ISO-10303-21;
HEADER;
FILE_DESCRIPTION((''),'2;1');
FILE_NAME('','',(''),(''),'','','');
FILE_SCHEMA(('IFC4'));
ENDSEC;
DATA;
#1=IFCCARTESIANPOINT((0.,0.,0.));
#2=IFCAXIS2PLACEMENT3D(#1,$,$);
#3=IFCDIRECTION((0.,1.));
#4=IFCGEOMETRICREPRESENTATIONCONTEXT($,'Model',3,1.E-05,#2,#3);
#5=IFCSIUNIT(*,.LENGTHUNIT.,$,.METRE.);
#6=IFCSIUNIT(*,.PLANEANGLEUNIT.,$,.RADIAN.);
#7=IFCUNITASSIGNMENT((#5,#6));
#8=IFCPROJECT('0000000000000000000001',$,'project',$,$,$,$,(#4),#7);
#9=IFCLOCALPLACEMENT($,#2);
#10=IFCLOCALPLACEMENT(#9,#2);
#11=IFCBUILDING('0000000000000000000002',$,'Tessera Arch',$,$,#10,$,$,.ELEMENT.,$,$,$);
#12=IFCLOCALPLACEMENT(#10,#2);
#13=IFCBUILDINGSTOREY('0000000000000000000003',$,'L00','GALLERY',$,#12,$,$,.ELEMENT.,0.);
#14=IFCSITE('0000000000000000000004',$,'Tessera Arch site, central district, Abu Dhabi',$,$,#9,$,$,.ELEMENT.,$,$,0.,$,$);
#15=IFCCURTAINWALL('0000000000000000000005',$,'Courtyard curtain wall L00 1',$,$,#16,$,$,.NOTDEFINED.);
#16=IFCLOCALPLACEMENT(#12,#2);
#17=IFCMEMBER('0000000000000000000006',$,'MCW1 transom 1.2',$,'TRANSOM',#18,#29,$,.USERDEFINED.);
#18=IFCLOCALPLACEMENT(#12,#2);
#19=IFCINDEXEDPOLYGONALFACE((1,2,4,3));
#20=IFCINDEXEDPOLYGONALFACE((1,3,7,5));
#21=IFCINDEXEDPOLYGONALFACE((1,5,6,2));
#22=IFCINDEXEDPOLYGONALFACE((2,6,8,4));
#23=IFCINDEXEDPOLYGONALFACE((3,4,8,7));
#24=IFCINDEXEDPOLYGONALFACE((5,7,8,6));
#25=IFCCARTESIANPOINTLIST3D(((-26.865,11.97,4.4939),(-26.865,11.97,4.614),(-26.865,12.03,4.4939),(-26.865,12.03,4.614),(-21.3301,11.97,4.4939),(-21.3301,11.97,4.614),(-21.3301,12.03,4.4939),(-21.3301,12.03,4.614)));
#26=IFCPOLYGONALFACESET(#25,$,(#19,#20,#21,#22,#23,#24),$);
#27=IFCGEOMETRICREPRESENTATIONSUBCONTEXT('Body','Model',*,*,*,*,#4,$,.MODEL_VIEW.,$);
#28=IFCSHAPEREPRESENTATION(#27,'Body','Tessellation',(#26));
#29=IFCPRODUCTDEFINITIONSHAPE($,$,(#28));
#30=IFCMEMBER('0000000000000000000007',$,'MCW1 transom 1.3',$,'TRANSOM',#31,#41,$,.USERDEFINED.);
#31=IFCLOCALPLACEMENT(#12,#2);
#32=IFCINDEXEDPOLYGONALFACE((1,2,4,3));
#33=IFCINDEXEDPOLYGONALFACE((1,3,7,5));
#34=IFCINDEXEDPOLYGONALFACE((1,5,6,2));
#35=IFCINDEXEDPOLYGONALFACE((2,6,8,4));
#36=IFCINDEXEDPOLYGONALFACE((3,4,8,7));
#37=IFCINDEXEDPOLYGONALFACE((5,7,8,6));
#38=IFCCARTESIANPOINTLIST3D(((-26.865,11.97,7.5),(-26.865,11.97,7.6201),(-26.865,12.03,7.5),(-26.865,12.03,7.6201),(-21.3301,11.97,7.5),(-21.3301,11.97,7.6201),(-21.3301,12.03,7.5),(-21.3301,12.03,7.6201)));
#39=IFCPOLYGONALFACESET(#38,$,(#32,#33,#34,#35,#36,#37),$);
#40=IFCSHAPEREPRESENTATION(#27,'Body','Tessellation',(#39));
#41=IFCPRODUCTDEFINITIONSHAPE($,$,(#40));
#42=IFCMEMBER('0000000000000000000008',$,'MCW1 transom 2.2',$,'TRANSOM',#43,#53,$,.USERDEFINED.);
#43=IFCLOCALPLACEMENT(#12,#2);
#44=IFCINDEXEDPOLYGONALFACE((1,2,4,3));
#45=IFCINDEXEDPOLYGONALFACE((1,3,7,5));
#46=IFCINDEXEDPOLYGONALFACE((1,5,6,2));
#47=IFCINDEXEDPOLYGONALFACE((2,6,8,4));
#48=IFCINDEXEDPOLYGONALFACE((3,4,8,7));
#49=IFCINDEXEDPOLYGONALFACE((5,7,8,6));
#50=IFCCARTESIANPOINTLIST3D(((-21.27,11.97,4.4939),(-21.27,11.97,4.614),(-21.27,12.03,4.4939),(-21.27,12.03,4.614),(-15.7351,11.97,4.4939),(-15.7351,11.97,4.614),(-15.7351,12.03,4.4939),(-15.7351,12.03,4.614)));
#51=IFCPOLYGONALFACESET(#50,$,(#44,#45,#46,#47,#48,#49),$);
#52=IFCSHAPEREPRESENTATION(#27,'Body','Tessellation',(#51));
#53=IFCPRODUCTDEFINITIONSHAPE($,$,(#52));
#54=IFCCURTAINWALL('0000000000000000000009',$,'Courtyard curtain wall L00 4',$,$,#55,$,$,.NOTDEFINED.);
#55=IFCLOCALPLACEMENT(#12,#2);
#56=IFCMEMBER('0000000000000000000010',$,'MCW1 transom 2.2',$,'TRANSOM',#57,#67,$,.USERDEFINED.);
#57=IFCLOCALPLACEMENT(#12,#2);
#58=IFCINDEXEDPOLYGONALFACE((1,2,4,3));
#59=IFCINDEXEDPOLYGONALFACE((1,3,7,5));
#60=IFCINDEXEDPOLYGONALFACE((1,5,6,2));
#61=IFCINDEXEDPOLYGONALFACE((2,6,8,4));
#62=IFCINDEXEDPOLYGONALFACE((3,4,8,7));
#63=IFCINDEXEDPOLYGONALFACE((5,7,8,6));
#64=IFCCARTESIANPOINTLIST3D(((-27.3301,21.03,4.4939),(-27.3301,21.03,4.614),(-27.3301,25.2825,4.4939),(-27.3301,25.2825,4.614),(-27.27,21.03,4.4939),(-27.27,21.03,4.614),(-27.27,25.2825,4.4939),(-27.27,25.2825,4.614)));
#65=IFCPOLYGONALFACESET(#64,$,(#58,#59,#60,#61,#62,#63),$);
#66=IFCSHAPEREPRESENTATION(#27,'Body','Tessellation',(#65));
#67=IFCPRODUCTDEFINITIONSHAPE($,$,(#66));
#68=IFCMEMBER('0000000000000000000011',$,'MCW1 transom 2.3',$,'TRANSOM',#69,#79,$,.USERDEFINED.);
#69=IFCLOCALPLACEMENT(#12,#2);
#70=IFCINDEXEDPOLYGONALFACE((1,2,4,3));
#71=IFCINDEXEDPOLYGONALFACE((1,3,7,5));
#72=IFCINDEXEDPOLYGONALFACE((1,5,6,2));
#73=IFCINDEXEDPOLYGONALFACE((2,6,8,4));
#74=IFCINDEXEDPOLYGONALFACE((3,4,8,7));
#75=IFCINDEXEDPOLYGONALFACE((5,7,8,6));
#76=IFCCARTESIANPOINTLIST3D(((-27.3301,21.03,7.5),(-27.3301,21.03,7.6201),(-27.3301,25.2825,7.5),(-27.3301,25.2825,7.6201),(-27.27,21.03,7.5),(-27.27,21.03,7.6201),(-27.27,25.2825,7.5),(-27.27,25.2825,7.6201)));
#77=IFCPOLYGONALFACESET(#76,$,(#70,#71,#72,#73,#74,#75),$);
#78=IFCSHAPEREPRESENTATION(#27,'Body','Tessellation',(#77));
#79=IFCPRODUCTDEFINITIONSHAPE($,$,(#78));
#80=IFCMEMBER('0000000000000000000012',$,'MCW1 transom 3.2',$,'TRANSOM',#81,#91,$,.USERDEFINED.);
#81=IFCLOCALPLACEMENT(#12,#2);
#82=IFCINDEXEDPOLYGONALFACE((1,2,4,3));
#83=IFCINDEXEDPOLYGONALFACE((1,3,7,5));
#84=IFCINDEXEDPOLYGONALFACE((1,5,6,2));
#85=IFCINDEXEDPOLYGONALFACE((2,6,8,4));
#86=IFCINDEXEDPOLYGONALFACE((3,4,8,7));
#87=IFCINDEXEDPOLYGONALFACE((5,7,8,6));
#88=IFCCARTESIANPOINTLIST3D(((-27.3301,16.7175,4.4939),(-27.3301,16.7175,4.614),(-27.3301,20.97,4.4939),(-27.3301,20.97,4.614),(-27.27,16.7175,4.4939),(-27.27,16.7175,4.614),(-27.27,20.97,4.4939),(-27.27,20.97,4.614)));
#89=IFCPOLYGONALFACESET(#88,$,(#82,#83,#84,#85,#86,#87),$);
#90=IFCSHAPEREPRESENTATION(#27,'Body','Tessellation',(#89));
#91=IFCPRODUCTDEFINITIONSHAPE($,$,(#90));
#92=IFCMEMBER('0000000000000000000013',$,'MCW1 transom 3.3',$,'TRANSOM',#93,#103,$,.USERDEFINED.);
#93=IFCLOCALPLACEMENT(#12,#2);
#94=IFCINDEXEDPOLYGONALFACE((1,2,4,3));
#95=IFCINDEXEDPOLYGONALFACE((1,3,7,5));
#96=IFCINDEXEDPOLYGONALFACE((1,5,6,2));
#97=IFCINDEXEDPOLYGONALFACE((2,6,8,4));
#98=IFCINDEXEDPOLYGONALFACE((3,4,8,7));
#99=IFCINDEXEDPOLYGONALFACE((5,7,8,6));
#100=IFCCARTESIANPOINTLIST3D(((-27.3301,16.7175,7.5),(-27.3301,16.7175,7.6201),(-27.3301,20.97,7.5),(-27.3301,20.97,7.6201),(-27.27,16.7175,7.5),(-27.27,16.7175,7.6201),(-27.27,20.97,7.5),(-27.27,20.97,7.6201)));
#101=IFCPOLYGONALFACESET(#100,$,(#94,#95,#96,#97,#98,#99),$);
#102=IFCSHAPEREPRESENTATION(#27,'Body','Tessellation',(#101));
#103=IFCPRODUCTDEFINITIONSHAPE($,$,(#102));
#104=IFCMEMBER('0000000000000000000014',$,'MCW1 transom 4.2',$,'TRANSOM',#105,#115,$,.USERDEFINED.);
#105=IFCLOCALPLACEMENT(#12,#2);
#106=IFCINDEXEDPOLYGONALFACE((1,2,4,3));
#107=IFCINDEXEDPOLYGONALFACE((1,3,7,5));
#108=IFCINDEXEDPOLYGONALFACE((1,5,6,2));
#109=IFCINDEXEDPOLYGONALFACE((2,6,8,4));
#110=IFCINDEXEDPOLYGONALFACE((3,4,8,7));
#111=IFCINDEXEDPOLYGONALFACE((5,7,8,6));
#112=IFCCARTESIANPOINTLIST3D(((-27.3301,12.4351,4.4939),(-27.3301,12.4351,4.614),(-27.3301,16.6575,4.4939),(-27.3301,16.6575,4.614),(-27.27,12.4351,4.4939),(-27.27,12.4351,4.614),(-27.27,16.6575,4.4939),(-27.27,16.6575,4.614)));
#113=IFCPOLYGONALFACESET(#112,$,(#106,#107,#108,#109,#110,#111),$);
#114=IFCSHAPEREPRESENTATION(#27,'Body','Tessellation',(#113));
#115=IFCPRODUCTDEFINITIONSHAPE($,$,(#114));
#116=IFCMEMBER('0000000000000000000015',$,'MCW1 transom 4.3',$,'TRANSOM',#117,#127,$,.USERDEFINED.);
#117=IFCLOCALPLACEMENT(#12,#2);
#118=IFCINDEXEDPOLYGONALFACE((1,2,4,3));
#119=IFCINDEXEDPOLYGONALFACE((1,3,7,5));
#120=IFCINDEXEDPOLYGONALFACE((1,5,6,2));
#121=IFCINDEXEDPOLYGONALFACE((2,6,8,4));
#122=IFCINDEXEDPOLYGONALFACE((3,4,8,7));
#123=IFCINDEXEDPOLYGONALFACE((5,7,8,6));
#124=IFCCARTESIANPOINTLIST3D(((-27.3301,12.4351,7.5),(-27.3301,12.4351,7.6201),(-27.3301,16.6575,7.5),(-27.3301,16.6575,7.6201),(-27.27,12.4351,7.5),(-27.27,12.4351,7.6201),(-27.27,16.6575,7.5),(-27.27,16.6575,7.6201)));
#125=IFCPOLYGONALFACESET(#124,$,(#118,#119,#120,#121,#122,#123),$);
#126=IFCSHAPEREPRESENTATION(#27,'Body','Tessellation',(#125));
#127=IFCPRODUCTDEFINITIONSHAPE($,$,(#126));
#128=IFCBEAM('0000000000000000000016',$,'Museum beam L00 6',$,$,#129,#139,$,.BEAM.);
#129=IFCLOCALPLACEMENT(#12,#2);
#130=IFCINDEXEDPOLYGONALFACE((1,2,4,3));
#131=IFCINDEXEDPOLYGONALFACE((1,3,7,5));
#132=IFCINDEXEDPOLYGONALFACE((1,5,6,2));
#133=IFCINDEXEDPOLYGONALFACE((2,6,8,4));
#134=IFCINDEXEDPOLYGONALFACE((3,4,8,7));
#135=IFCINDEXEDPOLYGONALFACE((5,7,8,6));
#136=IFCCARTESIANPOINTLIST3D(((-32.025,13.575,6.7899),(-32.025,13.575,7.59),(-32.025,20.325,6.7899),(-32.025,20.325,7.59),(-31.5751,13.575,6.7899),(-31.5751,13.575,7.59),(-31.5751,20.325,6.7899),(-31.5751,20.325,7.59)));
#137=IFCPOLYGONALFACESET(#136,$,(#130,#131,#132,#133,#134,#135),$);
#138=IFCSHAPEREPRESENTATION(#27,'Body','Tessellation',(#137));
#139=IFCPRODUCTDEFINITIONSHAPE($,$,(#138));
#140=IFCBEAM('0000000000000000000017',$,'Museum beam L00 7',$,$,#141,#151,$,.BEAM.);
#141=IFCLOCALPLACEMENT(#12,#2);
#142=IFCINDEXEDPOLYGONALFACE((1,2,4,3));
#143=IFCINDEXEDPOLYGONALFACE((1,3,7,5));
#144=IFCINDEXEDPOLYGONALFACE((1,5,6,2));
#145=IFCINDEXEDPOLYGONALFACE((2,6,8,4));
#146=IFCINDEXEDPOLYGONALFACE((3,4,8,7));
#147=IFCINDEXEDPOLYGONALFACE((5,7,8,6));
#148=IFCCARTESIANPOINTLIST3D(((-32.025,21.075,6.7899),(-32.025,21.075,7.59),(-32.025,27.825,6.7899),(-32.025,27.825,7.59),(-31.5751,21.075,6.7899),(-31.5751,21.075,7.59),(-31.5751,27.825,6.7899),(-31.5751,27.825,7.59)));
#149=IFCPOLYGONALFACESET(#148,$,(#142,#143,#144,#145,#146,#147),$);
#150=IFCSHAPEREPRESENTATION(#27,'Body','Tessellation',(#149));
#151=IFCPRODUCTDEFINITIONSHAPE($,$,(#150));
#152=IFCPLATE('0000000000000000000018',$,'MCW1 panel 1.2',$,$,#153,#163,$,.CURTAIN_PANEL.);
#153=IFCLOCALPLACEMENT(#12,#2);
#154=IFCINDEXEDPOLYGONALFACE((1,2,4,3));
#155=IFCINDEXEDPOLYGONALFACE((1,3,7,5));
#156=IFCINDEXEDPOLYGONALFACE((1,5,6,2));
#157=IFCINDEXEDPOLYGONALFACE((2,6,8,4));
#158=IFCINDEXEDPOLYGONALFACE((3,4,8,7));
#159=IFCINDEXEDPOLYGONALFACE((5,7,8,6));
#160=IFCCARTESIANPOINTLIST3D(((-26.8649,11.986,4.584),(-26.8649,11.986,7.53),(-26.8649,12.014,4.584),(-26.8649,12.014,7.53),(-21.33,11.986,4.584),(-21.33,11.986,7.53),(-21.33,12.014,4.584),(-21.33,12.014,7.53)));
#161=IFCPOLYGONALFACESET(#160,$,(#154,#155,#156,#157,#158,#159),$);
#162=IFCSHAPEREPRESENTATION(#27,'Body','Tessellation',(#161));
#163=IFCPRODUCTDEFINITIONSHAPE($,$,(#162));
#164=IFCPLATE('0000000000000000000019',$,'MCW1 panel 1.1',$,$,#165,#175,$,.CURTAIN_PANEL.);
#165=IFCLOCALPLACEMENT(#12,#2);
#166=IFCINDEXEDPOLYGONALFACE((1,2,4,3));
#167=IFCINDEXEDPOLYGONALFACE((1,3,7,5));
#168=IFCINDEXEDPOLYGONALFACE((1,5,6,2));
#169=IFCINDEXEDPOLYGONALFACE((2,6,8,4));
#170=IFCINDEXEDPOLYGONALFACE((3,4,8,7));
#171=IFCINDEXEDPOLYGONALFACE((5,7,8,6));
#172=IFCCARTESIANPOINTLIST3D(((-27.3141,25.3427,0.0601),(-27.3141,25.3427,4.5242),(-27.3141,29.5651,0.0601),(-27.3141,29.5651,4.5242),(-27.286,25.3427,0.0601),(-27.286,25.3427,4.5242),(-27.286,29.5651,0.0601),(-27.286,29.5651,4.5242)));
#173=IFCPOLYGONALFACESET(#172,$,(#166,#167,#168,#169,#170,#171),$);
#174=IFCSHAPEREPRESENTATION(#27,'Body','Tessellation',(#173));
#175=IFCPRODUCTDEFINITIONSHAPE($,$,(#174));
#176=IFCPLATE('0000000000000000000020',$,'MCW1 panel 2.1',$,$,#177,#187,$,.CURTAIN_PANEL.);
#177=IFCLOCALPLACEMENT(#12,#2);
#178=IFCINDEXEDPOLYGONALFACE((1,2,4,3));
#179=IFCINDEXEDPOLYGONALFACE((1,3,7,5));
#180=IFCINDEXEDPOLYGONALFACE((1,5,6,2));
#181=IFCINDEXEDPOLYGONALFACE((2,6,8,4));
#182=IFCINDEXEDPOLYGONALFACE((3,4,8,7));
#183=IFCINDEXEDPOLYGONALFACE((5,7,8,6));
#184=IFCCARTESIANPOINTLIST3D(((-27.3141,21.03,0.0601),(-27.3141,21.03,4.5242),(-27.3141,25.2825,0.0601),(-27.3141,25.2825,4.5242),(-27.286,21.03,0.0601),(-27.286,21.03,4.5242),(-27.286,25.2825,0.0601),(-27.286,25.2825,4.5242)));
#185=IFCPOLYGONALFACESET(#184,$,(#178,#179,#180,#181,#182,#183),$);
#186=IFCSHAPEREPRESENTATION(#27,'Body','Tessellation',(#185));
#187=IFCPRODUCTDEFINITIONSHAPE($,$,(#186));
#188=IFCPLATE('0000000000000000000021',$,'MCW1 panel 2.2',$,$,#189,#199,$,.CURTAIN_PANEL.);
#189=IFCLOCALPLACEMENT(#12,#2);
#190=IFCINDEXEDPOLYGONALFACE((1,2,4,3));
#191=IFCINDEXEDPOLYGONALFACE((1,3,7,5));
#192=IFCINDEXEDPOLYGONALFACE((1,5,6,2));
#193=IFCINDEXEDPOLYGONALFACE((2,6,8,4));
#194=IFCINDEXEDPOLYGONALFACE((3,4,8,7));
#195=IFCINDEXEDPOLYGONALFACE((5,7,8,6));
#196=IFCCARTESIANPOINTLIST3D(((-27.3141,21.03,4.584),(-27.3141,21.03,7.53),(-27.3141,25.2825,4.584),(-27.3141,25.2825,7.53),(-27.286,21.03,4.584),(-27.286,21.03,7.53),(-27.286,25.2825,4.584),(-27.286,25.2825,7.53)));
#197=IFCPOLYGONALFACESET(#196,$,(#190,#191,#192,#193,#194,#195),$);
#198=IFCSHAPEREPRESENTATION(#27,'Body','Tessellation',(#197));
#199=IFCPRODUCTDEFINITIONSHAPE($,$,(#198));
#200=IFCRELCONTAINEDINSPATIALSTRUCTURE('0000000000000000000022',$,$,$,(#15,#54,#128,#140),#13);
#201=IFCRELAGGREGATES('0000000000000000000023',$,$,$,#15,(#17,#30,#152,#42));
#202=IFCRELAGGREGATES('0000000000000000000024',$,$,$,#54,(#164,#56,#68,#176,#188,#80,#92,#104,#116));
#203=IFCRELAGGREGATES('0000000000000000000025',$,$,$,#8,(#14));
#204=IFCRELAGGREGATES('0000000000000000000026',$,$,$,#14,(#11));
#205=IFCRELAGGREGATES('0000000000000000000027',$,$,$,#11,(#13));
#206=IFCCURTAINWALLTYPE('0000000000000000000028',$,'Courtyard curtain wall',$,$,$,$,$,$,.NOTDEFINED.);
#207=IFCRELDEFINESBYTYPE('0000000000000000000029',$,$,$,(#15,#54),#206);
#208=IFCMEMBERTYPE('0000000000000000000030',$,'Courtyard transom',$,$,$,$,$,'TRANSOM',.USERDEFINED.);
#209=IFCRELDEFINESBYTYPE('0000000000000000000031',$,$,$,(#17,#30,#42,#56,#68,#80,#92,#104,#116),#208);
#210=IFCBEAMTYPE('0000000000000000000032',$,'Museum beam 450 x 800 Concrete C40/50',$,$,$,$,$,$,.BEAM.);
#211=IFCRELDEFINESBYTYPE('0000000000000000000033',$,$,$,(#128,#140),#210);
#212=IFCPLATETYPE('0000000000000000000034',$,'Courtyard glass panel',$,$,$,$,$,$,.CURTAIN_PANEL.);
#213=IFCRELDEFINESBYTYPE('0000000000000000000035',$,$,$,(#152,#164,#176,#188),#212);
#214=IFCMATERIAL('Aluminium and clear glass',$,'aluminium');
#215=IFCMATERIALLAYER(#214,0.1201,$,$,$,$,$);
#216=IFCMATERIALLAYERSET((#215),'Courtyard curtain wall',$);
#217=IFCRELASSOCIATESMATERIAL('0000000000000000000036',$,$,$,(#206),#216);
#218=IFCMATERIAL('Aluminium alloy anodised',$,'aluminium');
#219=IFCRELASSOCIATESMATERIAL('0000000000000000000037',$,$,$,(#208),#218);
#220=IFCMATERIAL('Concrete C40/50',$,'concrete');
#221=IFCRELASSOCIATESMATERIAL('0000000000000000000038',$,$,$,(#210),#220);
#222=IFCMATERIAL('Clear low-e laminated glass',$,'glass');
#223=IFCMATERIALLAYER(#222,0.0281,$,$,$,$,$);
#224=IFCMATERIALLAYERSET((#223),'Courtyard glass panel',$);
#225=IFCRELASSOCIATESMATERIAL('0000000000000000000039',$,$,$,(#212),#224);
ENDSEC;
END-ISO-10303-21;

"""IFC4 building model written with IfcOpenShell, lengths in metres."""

from ifc_helpers import new_model, si_unit, direction, frame, origin, origin_2d, place, context, subcontext, project, spatial, rectangle, extrude, material, layer, layer_set, material_profile, profile_set, type_object, element, aggregate, save


model = new_model("IFC4")

# Units and contexts
model_context = context("Model", 3, precision=1e-05, world=origin(), true_north=direction((0.0, 1.0)))
body_context = subcontext(model_context, "Body", "Model", "MODEL_VIEW")
ifc_project = project(units=[si_unit("LENGTHUNIT", "METRE"), si_unit("PLANEANGLEUNIT", "RADIAN")], contexts=[model_context])

# Site, building, storey
site_placement = place(None, origin())
site = spatial("IfcSite", under=ifc_project, at=site_placement, Name="Tessera Arch site, central district, Abu Dhabi", CompositionType="ELEMENT", RefElevation=0.0)
building_placement = place(site_placement, origin())
building = spatial("IfcBuilding", under=site, at=building_placement, Name="Tessera Arch", CompositionType="ELEMENT")
storey_placement = place(building_placement, origin())
storey = spatial("IfcBuildingStorey", under=building, at=storey_placement, Name="L00", Description="GALLERY", CompositionType="ELEMENT", Elevation=0.0)

# Curtain walls, members
ifc_material_1 = material(Name="Aluminium and clear glass", Category="aluminium")
ifc_layer_1 = layer(ifc_material_1, 0.1201)
ifc_layer_set_1 = layer_set([ifc_layer_1], Name="Courtyard curtain wall")
curtain_wall_type = type_object("IfcCurtainWallType", Name="Courtyard curtain wall", PredefinedType="NOTDEFINED", material=ifc_layer_set_1)
curtain_wall_1_placement = place(storey_placement, origin())
curtain_wall_1 = element("IfcCurtainWall", 1, at=curtain_wall_1_placement, inside=storey, type_object=curtain_wall_type, Name="Courtyard curtain wall L00 1", PredefinedType="NOTDEFINED")
ifc_material_2 = material(Name="Aluminium alloy anodised", Category="aluminium")
ifc_material_profile_1 = material_profile(ifc_material_2, rectangle(XDim=0.0601, YDim=0.1201, at=origin_2d()), Name="Courtyard transom")
ifc_profile_set_1 = profile_set([ifc_material_profile_1], Name="Aluminium alloy anodised")
member_type = type_object("IfcMemberType", Name="Courtyard transom", ElementType="TRANSOM", PredefinedType="USERDEFINED", material=ifc_profile_set_1)
member_1_placement = place(storey_placement, frame((-26.865, 12.0, 4.554), z_axis=(1.0, 0.0, 0.0), x_axis=(0.0, 1.0, 0.0)))
member_1 = element("IfcMember", 2, at=member_1_placement, type_object=member_type, Name="MCW1 transom 1.2", ObjectType="TRANSOM", PredefinedType="USERDEFINED", context=body_context, shape_type="SweptSolid", body=[
    extrude(rectangle(XDim=0.0601, YDim=0.1201, at=origin_2d()), origin(), (0.0, 0.0, 1.0), 5.5349),
])
member_2_placement = place(storey_placement, frame((-26.865, 12.0, 7.5601), z_axis=(1.0, 0.0, 0.0), x_axis=(0.0, 1.0, 0.0)))
member_2 = element("IfcMember", 3, at=member_2_placement, type_object=member_type, Name="MCW1 transom 1.3", ObjectType="TRANSOM", PredefinedType="USERDEFINED", context=body_context, shape_type="SweptSolid", body=[
    extrude(rectangle(XDim=0.0601, YDim=0.1201, at=origin_2d()), origin(), (0.0, 0.0, 1.0), 5.5349),
])
member_3_placement = place(storey_placement, frame((-21.27, 12.0, 4.554), z_axis=(1.0, 0.0, 0.0), x_axis=(0.0, 1.0, 0.0)))
member_3 = element("IfcMember", 4, at=member_3_placement, type_object=member_type, Name="MCW1 transom 2.2", ObjectType="TRANSOM", PredefinedType="USERDEFINED", context=body_context, shape_type="SweptSolid", body=[
    extrude(rectangle(XDim=0.0601, YDim=0.1201, at=origin_2d()), origin(), (0.0, 0.0, 1.0), 5.5349),
])
curtain_wall_2_placement = place(storey_placement, origin())
curtain_wall_2 = element("IfcCurtainWall", 5, at=curtain_wall_2_placement, inside=storey, type_object=curtain_wall_type, Name="Courtyard curtain wall L00 4", PredefinedType="NOTDEFINED")
member_4_placement = place(storey_placement, frame((-27.3, 25.2825, 4.554), z_axis=(0.0, -1.0, 0.0), x_axis=(1.0, 0.0, 0.0)))
member_4 = element("IfcMember", 6, at=member_4_placement, type_object=member_type, Name="MCW1 transom 2.2", ObjectType="TRANSOM", PredefinedType="USERDEFINED", context=body_context, shape_type="SweptSolid", body=[
    extrude(rectangle(XDim=0.0601, YDim=0.1201, at=origin_2d()), origin(), (0.0, 0.0, 1.0), 4.2524),
])
member_5_placement = place(storey_placement, frame((-27.3, 25.2825, 7.5601), z_axis=(0.0, -1.0, 0.0), x_axis=(1.0, 0.0, 0.0)))
member_5 = element("IfcMember", 7, at=member_5_placement, type_object=member_type, Name="MCW1 transom 2.3", ObjectType="TRANSOM", PredefinedType="USERDEFINED", context=body_context, shape_type="SweptSolid", body=[
    extrude(rectangle(XDim=0.0601, YDim=0.1201, at=origin_2d()), origin(), (0.0, 0.0, 1.0), 4.2524),
])
member_6_placement = place(storey_placement, frame((-27.3, 20.97, 4.554), z_axis=(0.0, -1.0, 0.0), x_axis=(1.0, 0.0, 0.0)))
member_6 = element("IfcMember", 8, at=member_6_placement, type_object=member_type, Name="MCW1 transom 3.2", ObjectType="TRANSOM", PredefinedType="USERDEFINED", context=body_context, shape_type="SweptSolid", body=[
    extrude(rectangle(XDim=0.0601, YDim=0.1201, at=origin_2d()), origin(), (0.0, 0.0, 1.0), 4.2524),
])
member_7_placement = place(storey_placement, frame((-27.3, 20.97, 7.5601), z_axis=(0.0, -1.0, 0.0), x_axis=(1.0, 0.0, 0.0)))
member_7 = element("IfcMember", 9, at=member_7_placement, type_object=member_type, Name="MCW1 transom 3.3", ObjectType="TRANSOM", PredefinedType="USERDEFINED", context=body_context, shape_type="SweptSolid", body=[
    extrude(rectangle(XDim=0.0601, YDim=0.1201, at=origin_2d()), origin(), (0.0, 0.0, 1.0), 4.2524),
])
member_8_placement = place(storey_placement, frame((-27.3, 16.6575, 4.554), z_axis=(0.0, -1.0, 0.0), x_axis=(1.0, 0.0, 0.0)))
member_8 = element("IfcMember", 10, at=member_8_placement, type_object=member_type, Name="MCW1 transom 4.2", ObjectType="TRANSOM", PredefinedType="USERDEFINED", context=body_context, shape_type="SweptSolid", body=[
    extrude(rectangle(XDim=0.0601, YDim=0.1201, at=origin_2d()), origin(), (0.0, 0.0, 1.0), 4.2224),
])
member_9_placement = place(storey_placement, frame((-27.3, 16.6575, 7.5601), z_axis=(0.0, -1.0, 0.0), x_axis=(1.0, 0.0, 0.0)))
member_9 = element("IfcMember", 11, at=member_9_placement, type_object=member_type, Name="MCW1 transom 4.3", ObjectType="TRANSOM", PredefinedType="USERDEFINED", context=body_context, shape_type="SweptSolid", body=[
    extrude(rectangle(XDim=0.0601, YDim=0.1201, at=origin_2d()), origin(), (0.0, 0.0, 1.0), 4.2224),
])

# Beams
ifc_material_3 = material(Name="Concrete C40/50", Category="concrete")
ifc_material_profile_2 = material_profile(ifc_material_3, rectangle(XDim=0.45, YDim=0.8, at=origin_2d()), Name="Museum beam 450 x 800 Concrete C40/50")
ifc_profile_set_2 = profile_set([ifc_material_profile_2], Name="Concrete C40/50")
beam_type = type_object("IfcBeamType", Name="Museum beam 450 x 800 Concrete C40/50", PredefinedType="BEAM", material=ifc_profile_set_2)
for number, where, z_axis, x_axis, name in (
    (12, (-31.8, 13.575, 7.1899), (0.0, 1.0, 0.0), (-1.0, 0.0, 0.0), "Museum beam L00 6"),
    (13, (-31.8, 21.075, 7.1899), (0.0, 1.0, 0.0), (-1.0, 0.0, 0.0), "Museum beam L00 7"),
):
    element("IfcBeam", number, at=place(storey_placement, frame(where, z_axis=z_axis, x_axis=x_axis)), inside=storey, type_object=beam_type, Name=name, PredefinedType="BEAM", context=body_context, shape_type="SweptSolid", body=[
        extrude(rectangle(XDim=0.45, YDim=0.8, at=origin_2d()), origin(), (0.0, 0.0, 1.0), 6.75),
    ])

# Plates
ifc_material_4 = material(Name="Clear low-e laminated glass", Category="glass")
ifc_layer_2 = layer(ifc_material_4, 0.0281)
ifc_layer_set_2 = layer_set([ifc_layer_2], Name="Courtyard glass panel")
plate_type = type_object("IfcPlateType", Name="Courtyard glass panel", PredefinedType="CURTAIN_PANEL", material=ifc_layer_set_2)
plate_1_placement = place(storey_placement, frame((-24.0974, 12.0, 4.584), z_axis=(0.0, 0.0, 1.0), x_axis=(1.0, 0.0, 0.0)))
plate_1 = element("IfcPlate", 14, at=plate_1_placement, type_object=plate_type, Name="MCW1 panel 1.2", PredefinedType="CURTAIN_PANEL", context=body_context, shape_type="SweptSolid", body=[
    extrude(rectangle(XDim=5.5349, YDim=0.0281, at=origin_2d()), origin(), (0.0, 0.0, 1.0), 2.946),
])
aggregate(curtain_wall_1, [member_1, member_2, plate_1, member_3])
plate_2_placement = place(storey_placement, frame((-27.3, 27.4539, 0.0601), z_axis=(0.0, 0.0, 1.0), x_axis=(0.0, -1.0, 0.0)))
plate_2 = element("IfcPlate", 15, at=plate_2_placement, type_object=plate_type, Name="MCW1 panel 1.1", PredefinedType="CURTAIN_PANEL", context=body_context, shape_type="SweptSolid", body=[
    extrude(rectangle(XDim=4.2224, YDim=0.0281, at=origin_2d()), origin(), (0.0, 0.0, 1.0), 4.4641),
])
plate_3_placement = place(storey_placement, frame((-27.3, 23.1562, 0.0601), z_axis=(0.0, 0.0, 1.0), x_axis=(0.0, -1.0, 0.0)))
plate_3 = element("IfcPlate", 16, at=plate_3_placement, type_object=plate_type, Name="MCW1 panel 2.1", PredefinedType="CURTAIN_PANEL", context=body_context, shape_type="SweptSolid", body=[
    extrude(rectangle(XDim=4.2524, YDim=0.0281, at=origin_2d()), origin(), (0.0, 0.0, 1.0), 4.4641),
])
plate_4_placement = place(storey_placement, frame((-27.3, 23.1562, 4.584), z_axis=(0.0, 0.0, 1.0), x_axis=(0.0, -1.0, 0.0)))
plate_4 = element("IfcPlate", 17, at=plate_4_placement, type_object=plate_type, Name="MCW1 panel 2.2", PredefinedType="CURTAIN_PANEL", context=body_context, shape_type="SweptSolid", body=[
    extrude(rectangle(XDim=4.2524, YDim=0.0281, at=origin_2d()), origin(), (0.0, 0.0, 1.0), 2.946),
])
aggregate(curtain_wall_2, [plate_2, member_4, member_5, plate_3, plate_4, member_6, member_7, member_8, member_9])

save(model, "model.ifc")
